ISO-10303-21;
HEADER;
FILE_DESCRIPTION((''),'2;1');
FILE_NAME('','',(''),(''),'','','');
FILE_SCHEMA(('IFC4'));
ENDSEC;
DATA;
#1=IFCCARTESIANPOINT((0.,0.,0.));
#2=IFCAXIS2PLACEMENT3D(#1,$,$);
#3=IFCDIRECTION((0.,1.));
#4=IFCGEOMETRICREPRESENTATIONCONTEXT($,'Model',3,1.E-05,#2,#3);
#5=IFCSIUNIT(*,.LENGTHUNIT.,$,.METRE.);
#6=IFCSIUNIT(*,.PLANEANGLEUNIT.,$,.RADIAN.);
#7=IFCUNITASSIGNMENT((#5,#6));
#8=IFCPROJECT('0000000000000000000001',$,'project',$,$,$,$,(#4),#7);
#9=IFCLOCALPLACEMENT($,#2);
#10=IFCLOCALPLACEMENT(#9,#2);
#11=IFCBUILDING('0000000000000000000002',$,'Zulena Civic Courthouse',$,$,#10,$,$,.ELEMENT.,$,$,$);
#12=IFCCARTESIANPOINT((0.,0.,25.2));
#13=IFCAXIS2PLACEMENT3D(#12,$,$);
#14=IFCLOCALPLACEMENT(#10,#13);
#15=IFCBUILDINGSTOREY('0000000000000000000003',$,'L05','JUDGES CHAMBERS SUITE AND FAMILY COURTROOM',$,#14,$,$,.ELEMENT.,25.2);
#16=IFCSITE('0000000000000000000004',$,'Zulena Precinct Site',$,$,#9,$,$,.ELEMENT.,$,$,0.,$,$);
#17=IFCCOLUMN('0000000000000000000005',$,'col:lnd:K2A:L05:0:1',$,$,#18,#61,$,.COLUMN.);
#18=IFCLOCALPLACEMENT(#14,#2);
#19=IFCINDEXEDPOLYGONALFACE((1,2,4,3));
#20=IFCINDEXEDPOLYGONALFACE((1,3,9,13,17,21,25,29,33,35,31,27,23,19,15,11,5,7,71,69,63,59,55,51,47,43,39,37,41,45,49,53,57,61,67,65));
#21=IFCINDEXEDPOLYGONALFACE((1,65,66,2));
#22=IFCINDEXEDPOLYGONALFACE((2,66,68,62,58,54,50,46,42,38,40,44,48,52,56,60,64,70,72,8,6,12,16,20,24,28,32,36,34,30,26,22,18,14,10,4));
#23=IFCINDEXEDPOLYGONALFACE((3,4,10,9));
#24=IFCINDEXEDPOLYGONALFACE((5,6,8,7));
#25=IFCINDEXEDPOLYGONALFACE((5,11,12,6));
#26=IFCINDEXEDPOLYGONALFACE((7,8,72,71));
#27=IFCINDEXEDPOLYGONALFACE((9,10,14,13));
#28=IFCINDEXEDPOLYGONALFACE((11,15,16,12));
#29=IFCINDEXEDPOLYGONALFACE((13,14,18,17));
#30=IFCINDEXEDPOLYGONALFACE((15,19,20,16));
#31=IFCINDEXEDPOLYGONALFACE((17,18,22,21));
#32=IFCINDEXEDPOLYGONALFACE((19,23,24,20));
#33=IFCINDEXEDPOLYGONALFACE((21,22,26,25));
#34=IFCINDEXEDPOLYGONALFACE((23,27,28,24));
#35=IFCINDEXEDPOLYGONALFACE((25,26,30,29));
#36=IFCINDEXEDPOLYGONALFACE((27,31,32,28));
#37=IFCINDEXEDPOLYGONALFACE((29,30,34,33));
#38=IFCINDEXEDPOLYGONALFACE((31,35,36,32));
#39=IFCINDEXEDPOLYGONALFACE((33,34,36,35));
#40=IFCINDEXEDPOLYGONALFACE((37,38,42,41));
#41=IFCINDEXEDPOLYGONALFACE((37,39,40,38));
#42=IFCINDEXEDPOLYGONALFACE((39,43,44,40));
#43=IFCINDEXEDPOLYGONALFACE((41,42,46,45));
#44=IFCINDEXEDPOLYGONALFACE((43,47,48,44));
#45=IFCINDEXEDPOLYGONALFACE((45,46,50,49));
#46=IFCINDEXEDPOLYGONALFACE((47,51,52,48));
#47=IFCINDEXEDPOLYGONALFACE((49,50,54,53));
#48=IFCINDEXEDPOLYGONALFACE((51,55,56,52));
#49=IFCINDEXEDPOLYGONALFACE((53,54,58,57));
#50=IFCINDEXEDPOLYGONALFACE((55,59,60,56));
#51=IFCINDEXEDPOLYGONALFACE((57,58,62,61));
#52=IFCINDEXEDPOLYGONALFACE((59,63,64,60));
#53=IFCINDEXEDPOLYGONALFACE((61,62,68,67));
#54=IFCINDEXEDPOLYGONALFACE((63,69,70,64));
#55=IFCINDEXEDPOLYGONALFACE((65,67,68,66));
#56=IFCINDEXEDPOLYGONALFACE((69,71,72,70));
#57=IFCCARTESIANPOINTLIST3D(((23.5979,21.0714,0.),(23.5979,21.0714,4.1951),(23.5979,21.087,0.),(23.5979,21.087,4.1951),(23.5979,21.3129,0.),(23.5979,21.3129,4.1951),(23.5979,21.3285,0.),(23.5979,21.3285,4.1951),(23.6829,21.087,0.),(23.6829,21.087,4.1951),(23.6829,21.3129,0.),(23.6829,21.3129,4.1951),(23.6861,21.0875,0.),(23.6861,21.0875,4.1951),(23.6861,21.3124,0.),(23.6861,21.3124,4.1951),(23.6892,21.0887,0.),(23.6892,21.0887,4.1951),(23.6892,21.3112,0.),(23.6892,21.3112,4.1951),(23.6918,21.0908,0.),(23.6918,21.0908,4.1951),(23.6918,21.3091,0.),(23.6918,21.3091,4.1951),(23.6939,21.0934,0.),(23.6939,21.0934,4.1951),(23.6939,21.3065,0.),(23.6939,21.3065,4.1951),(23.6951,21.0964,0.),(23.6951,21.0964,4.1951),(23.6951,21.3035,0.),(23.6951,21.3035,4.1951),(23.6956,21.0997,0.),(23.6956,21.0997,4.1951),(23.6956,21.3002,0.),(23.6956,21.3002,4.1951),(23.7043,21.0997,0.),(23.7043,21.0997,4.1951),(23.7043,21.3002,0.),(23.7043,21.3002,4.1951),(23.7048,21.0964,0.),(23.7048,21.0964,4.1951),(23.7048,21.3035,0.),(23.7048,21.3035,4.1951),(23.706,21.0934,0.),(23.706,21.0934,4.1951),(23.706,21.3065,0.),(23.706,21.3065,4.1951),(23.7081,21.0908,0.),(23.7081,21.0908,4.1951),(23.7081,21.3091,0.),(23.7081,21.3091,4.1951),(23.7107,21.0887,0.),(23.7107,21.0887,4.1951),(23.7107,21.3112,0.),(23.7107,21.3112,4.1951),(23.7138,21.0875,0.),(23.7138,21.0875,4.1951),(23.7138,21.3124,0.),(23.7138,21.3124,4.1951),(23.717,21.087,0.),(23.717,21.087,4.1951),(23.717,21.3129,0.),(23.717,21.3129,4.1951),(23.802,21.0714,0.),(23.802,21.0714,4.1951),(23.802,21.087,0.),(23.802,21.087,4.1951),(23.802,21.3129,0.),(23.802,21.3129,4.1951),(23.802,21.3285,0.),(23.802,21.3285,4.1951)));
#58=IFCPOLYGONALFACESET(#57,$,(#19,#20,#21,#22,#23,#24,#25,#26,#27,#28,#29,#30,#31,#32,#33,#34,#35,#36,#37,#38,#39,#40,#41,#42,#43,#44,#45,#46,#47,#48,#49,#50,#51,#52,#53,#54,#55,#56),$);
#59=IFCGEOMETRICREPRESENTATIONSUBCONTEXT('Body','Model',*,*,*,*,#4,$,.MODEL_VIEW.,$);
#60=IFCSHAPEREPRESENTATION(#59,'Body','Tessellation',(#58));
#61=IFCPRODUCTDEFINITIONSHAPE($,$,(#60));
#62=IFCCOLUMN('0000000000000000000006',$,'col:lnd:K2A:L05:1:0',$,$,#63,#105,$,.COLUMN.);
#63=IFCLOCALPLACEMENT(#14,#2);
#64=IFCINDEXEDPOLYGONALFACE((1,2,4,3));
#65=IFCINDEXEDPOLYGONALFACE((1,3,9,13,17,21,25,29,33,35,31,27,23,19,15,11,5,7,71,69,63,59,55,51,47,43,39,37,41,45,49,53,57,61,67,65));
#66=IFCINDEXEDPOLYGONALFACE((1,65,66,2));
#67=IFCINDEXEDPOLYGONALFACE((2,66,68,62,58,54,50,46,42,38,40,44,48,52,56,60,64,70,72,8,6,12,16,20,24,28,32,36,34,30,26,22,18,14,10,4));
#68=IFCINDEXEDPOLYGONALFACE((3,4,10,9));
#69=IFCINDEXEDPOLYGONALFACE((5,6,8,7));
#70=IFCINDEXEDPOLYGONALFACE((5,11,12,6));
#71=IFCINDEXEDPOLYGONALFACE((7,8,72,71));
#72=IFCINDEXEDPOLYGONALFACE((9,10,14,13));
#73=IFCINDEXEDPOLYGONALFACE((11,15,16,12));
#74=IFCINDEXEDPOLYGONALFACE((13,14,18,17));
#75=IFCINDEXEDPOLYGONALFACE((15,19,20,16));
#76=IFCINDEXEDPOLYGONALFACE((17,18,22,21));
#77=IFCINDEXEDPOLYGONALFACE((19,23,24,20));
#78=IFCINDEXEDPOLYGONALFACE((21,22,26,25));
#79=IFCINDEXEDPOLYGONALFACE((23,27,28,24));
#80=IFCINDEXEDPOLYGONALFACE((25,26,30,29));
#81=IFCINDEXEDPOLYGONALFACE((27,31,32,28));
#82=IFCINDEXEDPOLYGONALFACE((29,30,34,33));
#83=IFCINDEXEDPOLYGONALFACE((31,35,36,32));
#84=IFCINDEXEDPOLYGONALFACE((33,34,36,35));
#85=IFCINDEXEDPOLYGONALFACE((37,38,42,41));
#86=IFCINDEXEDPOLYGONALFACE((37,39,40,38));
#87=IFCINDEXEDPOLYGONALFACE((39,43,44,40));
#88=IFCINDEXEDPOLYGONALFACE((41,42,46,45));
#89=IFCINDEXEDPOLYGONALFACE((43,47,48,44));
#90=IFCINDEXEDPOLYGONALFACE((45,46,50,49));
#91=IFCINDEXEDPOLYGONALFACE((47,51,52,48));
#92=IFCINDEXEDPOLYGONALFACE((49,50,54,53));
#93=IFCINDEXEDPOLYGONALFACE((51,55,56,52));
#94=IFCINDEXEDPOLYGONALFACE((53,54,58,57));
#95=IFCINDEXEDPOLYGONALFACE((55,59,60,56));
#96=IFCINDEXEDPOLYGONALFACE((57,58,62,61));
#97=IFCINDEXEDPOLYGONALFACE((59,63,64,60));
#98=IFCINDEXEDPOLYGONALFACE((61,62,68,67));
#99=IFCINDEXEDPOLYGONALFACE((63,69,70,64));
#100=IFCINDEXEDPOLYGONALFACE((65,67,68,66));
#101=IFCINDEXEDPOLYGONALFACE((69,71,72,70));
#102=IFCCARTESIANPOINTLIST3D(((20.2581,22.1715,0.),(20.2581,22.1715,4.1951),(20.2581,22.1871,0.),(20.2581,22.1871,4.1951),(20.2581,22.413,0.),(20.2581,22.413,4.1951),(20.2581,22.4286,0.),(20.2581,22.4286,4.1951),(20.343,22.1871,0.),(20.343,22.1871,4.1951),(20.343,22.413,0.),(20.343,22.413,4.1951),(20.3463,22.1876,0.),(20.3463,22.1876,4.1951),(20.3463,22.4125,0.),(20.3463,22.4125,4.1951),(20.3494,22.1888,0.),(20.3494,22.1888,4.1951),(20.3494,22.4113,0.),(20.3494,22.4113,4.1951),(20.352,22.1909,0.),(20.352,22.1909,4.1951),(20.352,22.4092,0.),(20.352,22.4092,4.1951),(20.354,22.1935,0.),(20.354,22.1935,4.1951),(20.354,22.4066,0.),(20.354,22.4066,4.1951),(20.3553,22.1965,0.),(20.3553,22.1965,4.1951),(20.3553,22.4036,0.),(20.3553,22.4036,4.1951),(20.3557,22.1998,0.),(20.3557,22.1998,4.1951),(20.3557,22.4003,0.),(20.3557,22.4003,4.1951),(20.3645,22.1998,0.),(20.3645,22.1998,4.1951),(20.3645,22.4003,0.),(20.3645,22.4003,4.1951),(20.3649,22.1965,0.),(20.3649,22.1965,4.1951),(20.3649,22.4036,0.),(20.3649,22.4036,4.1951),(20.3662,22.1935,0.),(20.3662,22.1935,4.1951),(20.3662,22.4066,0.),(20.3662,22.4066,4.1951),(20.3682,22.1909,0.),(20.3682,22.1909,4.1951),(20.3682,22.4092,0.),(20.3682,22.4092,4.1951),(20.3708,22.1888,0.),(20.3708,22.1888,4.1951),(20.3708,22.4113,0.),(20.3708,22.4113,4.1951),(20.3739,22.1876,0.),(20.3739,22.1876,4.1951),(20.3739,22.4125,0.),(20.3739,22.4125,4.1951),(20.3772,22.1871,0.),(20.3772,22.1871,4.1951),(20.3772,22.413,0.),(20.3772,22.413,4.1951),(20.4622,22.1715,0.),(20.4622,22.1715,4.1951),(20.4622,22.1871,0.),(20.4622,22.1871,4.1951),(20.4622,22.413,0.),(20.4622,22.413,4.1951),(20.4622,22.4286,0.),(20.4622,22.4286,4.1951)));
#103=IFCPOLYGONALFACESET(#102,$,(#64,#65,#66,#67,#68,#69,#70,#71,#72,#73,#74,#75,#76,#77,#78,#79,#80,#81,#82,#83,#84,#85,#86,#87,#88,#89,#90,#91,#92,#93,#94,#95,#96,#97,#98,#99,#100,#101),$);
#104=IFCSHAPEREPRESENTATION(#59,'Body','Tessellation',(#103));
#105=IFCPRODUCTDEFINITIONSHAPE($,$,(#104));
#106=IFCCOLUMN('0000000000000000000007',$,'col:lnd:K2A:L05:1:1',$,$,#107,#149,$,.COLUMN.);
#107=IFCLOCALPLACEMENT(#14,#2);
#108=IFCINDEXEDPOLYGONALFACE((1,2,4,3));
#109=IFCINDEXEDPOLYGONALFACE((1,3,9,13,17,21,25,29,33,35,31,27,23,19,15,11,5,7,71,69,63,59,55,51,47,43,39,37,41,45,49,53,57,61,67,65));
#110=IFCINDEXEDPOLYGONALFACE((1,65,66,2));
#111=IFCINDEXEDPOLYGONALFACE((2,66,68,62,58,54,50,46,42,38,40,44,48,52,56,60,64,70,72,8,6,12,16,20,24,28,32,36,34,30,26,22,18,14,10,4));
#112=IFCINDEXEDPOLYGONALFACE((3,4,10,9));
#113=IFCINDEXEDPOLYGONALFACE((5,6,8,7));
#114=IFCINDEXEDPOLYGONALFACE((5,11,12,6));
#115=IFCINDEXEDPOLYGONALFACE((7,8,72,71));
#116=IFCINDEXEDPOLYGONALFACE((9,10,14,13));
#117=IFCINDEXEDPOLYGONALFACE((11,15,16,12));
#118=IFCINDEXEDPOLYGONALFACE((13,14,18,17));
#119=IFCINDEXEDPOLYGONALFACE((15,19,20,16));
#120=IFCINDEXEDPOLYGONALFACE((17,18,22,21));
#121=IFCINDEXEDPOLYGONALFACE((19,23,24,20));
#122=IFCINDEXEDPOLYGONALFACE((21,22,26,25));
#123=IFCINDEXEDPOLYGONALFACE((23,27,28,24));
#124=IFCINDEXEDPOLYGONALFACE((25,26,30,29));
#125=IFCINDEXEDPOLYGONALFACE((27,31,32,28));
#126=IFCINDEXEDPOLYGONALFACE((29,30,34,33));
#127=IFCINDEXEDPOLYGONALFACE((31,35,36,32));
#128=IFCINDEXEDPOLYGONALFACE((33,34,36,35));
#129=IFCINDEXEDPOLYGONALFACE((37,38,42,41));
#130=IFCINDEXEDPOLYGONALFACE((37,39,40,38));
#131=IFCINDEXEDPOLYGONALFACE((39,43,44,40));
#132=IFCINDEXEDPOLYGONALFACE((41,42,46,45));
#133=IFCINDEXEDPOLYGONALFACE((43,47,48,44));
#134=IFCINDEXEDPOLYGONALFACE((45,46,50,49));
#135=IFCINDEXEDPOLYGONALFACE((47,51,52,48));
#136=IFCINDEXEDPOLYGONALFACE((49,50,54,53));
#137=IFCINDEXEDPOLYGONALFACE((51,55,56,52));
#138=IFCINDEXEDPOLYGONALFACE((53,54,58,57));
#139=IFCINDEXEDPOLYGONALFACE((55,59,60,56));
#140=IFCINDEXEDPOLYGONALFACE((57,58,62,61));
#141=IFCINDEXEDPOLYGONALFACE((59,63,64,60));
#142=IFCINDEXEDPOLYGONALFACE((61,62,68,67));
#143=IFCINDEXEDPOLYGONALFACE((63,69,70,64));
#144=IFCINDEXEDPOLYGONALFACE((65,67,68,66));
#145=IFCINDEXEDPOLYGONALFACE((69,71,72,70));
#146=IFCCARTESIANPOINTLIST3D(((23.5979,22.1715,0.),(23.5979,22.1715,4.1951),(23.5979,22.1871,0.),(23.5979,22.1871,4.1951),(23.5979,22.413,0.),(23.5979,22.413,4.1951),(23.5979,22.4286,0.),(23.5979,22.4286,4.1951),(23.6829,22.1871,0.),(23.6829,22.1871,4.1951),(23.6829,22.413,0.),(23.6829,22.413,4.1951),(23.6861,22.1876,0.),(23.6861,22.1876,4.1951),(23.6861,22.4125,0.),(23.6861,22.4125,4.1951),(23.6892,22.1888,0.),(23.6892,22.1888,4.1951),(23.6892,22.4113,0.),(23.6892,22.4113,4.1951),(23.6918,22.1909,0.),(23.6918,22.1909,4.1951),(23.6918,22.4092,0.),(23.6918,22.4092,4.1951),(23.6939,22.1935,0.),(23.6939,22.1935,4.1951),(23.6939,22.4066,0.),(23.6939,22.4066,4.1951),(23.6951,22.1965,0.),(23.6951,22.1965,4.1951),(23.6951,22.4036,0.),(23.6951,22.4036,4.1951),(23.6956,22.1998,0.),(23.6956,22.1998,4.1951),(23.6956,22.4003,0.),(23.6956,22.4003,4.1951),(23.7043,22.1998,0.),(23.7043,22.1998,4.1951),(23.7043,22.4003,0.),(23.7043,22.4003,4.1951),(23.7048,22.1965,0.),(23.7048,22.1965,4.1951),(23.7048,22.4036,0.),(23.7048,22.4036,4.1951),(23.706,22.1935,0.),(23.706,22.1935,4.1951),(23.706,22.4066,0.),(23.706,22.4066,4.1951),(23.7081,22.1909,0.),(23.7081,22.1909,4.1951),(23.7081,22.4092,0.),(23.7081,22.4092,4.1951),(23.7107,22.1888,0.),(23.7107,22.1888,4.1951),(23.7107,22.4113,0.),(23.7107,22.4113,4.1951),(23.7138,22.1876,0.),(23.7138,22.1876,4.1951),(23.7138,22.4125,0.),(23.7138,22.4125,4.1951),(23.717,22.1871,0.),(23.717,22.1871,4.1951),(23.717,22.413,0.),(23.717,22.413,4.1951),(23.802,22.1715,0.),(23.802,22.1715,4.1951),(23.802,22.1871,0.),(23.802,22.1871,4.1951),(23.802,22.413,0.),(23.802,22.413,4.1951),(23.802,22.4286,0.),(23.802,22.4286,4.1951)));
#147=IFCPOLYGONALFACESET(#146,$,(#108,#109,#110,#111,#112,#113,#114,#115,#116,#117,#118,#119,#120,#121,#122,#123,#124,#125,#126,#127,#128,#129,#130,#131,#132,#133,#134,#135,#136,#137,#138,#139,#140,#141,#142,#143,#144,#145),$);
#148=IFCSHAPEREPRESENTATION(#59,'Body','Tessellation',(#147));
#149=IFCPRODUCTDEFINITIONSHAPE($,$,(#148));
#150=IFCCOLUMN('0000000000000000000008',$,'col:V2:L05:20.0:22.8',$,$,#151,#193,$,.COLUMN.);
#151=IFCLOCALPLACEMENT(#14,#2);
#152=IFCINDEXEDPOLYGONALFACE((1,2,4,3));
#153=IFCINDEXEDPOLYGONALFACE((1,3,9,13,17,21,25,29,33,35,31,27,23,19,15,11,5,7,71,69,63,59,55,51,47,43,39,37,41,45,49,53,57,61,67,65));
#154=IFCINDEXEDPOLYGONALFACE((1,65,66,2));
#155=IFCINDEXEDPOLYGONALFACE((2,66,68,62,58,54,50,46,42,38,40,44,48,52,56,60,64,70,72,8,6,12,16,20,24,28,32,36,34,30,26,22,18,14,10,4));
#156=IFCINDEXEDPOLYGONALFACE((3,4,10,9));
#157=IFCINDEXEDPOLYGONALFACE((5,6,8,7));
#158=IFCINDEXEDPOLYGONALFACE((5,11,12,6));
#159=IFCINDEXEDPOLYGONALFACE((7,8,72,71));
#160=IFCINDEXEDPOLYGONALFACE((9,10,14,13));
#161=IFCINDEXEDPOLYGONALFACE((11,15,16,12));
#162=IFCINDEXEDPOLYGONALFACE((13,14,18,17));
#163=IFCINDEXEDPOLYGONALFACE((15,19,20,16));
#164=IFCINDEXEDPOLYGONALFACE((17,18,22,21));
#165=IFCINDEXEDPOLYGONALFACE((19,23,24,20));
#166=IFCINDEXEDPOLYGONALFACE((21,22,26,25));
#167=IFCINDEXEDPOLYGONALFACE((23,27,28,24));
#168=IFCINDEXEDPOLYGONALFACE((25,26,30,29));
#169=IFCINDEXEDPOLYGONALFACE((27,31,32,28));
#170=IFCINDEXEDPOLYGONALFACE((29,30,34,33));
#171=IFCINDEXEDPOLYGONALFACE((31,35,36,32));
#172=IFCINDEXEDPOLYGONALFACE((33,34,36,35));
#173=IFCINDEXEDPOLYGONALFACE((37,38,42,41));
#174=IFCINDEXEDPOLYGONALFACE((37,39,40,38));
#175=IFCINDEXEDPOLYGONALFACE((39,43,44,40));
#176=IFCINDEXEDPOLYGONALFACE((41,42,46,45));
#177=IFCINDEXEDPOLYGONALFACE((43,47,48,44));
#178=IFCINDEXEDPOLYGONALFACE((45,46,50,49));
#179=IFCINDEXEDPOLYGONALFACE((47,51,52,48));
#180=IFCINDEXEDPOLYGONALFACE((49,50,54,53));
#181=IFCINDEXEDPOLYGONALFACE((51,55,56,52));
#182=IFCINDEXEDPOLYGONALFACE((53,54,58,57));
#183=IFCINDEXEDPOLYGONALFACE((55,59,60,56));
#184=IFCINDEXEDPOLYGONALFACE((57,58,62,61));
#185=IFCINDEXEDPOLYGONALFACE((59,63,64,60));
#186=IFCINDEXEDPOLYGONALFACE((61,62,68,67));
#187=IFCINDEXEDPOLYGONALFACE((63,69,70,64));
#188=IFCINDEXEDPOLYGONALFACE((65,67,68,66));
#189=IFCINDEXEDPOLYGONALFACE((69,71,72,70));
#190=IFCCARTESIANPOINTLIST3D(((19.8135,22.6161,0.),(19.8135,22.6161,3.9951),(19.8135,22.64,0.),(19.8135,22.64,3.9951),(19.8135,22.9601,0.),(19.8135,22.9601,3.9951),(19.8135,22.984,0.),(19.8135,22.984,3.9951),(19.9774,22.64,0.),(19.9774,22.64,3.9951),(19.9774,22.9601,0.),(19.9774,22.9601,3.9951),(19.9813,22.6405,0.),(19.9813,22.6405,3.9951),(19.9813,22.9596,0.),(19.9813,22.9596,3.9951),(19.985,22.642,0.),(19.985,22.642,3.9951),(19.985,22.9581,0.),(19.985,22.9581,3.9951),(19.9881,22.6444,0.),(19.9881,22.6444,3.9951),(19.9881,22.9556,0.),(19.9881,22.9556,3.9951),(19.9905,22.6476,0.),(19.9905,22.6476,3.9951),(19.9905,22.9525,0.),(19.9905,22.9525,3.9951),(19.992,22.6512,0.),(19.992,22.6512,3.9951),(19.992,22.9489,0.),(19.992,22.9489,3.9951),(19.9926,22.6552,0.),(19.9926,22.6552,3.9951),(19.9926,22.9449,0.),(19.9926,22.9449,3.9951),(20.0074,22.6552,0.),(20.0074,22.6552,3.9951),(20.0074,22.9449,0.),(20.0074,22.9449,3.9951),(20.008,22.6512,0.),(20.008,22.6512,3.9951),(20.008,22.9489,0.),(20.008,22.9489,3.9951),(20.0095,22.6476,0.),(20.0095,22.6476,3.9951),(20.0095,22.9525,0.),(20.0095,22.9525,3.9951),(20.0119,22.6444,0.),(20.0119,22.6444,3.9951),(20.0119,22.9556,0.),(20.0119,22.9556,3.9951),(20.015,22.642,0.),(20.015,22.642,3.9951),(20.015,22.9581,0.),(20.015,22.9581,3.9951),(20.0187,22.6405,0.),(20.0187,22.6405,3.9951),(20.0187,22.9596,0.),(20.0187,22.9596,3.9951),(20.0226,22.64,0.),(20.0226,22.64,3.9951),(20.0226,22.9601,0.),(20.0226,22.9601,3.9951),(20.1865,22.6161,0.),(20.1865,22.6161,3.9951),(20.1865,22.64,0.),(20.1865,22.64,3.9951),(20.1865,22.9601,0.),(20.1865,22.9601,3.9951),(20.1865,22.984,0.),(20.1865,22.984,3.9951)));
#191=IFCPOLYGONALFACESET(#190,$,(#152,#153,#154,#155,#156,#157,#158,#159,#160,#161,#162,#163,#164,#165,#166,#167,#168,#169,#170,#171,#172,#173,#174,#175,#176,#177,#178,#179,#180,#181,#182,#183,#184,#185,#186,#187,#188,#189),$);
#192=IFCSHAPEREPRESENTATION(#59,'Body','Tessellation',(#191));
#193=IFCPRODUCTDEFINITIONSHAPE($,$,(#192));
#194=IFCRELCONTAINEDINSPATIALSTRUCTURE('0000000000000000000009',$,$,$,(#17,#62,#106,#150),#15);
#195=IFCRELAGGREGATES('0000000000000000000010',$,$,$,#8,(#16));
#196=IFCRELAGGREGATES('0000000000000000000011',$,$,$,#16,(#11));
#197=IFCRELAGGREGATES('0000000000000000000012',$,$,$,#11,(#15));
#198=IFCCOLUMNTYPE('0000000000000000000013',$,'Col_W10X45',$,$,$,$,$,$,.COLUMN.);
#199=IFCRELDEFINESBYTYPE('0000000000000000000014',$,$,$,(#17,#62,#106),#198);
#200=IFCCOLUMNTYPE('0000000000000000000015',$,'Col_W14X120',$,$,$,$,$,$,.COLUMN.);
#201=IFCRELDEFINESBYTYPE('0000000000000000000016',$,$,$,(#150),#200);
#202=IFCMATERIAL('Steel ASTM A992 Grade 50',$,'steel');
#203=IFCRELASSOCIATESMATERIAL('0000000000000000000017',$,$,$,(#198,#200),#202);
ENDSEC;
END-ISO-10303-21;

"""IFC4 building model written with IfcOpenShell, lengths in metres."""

from ifc_helpers import new_model, si_unit, direction, frame, origin, origin_2d, place, context, subcontext, project, spatial, i_section, extrude, material, material_profile, profile_set, type_object, element, save


model = new_model("IFC4")

# Units and contexts
model_context = context("Model", 3, precision=1e-05, world=origin(), true_north=direction((0.0, 1.0)))
body_context = subcontext(model_context, "Body", "Model", "MODEL_VIEW")
ifc_project = project(units=[si_unit("LENGTHUNIT", "METRE"), si_unit("PLANEANGLEUNIT", "RADIAN")], contexts=[model_context])

# Site, building, storey
site_placement = place(None, origin())
site = spatial("IfcSite", under=ifc_project, at=site_placement, Name="Zulena Precinct Site", CompositionType="ELEMENT", RefElevation=0.0)
building_placement = place(site_placement, origin())
building = spatial("IfcBuilding", under=site, at=building_placement, Name="Zulena Civic Courthouse", CompositionType="ELEMENT")
storey_placement = place(building_placement, frame((0.0, 0.0, 25.2)))
storey = spatial("IfcBuildingStorey", under=building, at=storey_placement, Name="L05", Description="JUDGES CHAMBERS SUITE AND FAMILY COURTROOM", CompositionType="ELEMENT", Elevation=25.2)

# Columns
ifc_material_1 = material(Name="Steel ASTM A992 Grade 50", Category="steel")
ifc_material_profile_1 = material_profile(ifc_material_1, i_section(OverallWidth=0.2041, OverallDepth=0.2571, WebThickness=0.0088, FlangeThickness=0.0156, FilletRadius=0.0127, at=origin_2d()), Name="W10X45")
ifc_profile_set_1 = profile_set([ifc_material_profile_1], Name="Steel ASTM A992 Grade 50")
column_type_1 = type_object("IfcColumnType", Name="Col_W10X45", PredefinedType="COLUMN", material=ifc_profile_set_1)
for number, where, z_axis, x_axis, name in (
    (1, (23.7, 21.2, 0.0), (0.0, 0.0, 1.0), (1.0, 0.0, 0.0), "col:lnd:K2A:L05:0:1"),
    (2, (20.3601, 22.3, 0.0), (0.0, 0.0, 1.0), (1.0, 0.0, 0.0), "col:lnd:K2A:L05:1:0"),
    (3, (23.7, 22.3, 0.0), (0.0, 0.0, 1.0), (1.0, 0.0, 0.0), "col:lnd:K2A:L05:1:1"),
):
    element("IfcColumn", number, at=place(storey_placement, frame(where, z_axis=z_axis, x_axis=x_axis)), inside=storey, type_object=column_type_1, Name=name, PredefinedType="COLUMN", context=body_context, shape_type="SweptSolid", body=[
        extrude(i_section(OverallWidth=0.2041, OverallDepth=0.2571, WebThickness=0.0088, FlangeThickness=0.0156, FilletRadius=0.0127, at=origin_2d()), origin(), (0.0, 0.0, 1.0), 4.1951),
    ])
ifc_material_profile_2 = material_profile(ifc_material_1, i_section(OverallWidth=0.373, OverallDepth=0.3679, WebThickness=0.0149, FlangeThickness=0.0239, FilletRadius=0.0151, at=origin_2d()), Name="W14X120")
ifc_profile_set_2 = profile_set([ifc_material_profile_2], Name="Steel ASTM A992 Grade 50")
column_type_2 = type_object("IfcColumnType", Name="Col_W14X120", PredefinedType="COLUMN", material=ifc_profile_set_2)
for number, where, z_axis, x_axis, name in (
    (4, (20.0, 22.8, 0.0), (0.0, 0.0, 1.0), (1.0, 0.0, 0.0), "col:V2:L05:20.0:22.8"),
):
    element("IfcColumn", number, at=place(storey_placement, frame(where, z_axis=z_axis, x_axis=x_axis)), inside=storey, type_object=column_type_2, Name=name, PredefinedType="COLUMN", context=body_context, shape_type="SweptSolid", body=[
        extrude(i_section(OverallWidth=0.373, OverallDepth=0.3679, WebThickness=0.0149, FlangeThickness=0.0239, FilletRadius=0.0151, at=origin_2d()), origin(), (0.0, 0.0, 1.0), 3.9951),
    ])

save(model, "model.ifc")
